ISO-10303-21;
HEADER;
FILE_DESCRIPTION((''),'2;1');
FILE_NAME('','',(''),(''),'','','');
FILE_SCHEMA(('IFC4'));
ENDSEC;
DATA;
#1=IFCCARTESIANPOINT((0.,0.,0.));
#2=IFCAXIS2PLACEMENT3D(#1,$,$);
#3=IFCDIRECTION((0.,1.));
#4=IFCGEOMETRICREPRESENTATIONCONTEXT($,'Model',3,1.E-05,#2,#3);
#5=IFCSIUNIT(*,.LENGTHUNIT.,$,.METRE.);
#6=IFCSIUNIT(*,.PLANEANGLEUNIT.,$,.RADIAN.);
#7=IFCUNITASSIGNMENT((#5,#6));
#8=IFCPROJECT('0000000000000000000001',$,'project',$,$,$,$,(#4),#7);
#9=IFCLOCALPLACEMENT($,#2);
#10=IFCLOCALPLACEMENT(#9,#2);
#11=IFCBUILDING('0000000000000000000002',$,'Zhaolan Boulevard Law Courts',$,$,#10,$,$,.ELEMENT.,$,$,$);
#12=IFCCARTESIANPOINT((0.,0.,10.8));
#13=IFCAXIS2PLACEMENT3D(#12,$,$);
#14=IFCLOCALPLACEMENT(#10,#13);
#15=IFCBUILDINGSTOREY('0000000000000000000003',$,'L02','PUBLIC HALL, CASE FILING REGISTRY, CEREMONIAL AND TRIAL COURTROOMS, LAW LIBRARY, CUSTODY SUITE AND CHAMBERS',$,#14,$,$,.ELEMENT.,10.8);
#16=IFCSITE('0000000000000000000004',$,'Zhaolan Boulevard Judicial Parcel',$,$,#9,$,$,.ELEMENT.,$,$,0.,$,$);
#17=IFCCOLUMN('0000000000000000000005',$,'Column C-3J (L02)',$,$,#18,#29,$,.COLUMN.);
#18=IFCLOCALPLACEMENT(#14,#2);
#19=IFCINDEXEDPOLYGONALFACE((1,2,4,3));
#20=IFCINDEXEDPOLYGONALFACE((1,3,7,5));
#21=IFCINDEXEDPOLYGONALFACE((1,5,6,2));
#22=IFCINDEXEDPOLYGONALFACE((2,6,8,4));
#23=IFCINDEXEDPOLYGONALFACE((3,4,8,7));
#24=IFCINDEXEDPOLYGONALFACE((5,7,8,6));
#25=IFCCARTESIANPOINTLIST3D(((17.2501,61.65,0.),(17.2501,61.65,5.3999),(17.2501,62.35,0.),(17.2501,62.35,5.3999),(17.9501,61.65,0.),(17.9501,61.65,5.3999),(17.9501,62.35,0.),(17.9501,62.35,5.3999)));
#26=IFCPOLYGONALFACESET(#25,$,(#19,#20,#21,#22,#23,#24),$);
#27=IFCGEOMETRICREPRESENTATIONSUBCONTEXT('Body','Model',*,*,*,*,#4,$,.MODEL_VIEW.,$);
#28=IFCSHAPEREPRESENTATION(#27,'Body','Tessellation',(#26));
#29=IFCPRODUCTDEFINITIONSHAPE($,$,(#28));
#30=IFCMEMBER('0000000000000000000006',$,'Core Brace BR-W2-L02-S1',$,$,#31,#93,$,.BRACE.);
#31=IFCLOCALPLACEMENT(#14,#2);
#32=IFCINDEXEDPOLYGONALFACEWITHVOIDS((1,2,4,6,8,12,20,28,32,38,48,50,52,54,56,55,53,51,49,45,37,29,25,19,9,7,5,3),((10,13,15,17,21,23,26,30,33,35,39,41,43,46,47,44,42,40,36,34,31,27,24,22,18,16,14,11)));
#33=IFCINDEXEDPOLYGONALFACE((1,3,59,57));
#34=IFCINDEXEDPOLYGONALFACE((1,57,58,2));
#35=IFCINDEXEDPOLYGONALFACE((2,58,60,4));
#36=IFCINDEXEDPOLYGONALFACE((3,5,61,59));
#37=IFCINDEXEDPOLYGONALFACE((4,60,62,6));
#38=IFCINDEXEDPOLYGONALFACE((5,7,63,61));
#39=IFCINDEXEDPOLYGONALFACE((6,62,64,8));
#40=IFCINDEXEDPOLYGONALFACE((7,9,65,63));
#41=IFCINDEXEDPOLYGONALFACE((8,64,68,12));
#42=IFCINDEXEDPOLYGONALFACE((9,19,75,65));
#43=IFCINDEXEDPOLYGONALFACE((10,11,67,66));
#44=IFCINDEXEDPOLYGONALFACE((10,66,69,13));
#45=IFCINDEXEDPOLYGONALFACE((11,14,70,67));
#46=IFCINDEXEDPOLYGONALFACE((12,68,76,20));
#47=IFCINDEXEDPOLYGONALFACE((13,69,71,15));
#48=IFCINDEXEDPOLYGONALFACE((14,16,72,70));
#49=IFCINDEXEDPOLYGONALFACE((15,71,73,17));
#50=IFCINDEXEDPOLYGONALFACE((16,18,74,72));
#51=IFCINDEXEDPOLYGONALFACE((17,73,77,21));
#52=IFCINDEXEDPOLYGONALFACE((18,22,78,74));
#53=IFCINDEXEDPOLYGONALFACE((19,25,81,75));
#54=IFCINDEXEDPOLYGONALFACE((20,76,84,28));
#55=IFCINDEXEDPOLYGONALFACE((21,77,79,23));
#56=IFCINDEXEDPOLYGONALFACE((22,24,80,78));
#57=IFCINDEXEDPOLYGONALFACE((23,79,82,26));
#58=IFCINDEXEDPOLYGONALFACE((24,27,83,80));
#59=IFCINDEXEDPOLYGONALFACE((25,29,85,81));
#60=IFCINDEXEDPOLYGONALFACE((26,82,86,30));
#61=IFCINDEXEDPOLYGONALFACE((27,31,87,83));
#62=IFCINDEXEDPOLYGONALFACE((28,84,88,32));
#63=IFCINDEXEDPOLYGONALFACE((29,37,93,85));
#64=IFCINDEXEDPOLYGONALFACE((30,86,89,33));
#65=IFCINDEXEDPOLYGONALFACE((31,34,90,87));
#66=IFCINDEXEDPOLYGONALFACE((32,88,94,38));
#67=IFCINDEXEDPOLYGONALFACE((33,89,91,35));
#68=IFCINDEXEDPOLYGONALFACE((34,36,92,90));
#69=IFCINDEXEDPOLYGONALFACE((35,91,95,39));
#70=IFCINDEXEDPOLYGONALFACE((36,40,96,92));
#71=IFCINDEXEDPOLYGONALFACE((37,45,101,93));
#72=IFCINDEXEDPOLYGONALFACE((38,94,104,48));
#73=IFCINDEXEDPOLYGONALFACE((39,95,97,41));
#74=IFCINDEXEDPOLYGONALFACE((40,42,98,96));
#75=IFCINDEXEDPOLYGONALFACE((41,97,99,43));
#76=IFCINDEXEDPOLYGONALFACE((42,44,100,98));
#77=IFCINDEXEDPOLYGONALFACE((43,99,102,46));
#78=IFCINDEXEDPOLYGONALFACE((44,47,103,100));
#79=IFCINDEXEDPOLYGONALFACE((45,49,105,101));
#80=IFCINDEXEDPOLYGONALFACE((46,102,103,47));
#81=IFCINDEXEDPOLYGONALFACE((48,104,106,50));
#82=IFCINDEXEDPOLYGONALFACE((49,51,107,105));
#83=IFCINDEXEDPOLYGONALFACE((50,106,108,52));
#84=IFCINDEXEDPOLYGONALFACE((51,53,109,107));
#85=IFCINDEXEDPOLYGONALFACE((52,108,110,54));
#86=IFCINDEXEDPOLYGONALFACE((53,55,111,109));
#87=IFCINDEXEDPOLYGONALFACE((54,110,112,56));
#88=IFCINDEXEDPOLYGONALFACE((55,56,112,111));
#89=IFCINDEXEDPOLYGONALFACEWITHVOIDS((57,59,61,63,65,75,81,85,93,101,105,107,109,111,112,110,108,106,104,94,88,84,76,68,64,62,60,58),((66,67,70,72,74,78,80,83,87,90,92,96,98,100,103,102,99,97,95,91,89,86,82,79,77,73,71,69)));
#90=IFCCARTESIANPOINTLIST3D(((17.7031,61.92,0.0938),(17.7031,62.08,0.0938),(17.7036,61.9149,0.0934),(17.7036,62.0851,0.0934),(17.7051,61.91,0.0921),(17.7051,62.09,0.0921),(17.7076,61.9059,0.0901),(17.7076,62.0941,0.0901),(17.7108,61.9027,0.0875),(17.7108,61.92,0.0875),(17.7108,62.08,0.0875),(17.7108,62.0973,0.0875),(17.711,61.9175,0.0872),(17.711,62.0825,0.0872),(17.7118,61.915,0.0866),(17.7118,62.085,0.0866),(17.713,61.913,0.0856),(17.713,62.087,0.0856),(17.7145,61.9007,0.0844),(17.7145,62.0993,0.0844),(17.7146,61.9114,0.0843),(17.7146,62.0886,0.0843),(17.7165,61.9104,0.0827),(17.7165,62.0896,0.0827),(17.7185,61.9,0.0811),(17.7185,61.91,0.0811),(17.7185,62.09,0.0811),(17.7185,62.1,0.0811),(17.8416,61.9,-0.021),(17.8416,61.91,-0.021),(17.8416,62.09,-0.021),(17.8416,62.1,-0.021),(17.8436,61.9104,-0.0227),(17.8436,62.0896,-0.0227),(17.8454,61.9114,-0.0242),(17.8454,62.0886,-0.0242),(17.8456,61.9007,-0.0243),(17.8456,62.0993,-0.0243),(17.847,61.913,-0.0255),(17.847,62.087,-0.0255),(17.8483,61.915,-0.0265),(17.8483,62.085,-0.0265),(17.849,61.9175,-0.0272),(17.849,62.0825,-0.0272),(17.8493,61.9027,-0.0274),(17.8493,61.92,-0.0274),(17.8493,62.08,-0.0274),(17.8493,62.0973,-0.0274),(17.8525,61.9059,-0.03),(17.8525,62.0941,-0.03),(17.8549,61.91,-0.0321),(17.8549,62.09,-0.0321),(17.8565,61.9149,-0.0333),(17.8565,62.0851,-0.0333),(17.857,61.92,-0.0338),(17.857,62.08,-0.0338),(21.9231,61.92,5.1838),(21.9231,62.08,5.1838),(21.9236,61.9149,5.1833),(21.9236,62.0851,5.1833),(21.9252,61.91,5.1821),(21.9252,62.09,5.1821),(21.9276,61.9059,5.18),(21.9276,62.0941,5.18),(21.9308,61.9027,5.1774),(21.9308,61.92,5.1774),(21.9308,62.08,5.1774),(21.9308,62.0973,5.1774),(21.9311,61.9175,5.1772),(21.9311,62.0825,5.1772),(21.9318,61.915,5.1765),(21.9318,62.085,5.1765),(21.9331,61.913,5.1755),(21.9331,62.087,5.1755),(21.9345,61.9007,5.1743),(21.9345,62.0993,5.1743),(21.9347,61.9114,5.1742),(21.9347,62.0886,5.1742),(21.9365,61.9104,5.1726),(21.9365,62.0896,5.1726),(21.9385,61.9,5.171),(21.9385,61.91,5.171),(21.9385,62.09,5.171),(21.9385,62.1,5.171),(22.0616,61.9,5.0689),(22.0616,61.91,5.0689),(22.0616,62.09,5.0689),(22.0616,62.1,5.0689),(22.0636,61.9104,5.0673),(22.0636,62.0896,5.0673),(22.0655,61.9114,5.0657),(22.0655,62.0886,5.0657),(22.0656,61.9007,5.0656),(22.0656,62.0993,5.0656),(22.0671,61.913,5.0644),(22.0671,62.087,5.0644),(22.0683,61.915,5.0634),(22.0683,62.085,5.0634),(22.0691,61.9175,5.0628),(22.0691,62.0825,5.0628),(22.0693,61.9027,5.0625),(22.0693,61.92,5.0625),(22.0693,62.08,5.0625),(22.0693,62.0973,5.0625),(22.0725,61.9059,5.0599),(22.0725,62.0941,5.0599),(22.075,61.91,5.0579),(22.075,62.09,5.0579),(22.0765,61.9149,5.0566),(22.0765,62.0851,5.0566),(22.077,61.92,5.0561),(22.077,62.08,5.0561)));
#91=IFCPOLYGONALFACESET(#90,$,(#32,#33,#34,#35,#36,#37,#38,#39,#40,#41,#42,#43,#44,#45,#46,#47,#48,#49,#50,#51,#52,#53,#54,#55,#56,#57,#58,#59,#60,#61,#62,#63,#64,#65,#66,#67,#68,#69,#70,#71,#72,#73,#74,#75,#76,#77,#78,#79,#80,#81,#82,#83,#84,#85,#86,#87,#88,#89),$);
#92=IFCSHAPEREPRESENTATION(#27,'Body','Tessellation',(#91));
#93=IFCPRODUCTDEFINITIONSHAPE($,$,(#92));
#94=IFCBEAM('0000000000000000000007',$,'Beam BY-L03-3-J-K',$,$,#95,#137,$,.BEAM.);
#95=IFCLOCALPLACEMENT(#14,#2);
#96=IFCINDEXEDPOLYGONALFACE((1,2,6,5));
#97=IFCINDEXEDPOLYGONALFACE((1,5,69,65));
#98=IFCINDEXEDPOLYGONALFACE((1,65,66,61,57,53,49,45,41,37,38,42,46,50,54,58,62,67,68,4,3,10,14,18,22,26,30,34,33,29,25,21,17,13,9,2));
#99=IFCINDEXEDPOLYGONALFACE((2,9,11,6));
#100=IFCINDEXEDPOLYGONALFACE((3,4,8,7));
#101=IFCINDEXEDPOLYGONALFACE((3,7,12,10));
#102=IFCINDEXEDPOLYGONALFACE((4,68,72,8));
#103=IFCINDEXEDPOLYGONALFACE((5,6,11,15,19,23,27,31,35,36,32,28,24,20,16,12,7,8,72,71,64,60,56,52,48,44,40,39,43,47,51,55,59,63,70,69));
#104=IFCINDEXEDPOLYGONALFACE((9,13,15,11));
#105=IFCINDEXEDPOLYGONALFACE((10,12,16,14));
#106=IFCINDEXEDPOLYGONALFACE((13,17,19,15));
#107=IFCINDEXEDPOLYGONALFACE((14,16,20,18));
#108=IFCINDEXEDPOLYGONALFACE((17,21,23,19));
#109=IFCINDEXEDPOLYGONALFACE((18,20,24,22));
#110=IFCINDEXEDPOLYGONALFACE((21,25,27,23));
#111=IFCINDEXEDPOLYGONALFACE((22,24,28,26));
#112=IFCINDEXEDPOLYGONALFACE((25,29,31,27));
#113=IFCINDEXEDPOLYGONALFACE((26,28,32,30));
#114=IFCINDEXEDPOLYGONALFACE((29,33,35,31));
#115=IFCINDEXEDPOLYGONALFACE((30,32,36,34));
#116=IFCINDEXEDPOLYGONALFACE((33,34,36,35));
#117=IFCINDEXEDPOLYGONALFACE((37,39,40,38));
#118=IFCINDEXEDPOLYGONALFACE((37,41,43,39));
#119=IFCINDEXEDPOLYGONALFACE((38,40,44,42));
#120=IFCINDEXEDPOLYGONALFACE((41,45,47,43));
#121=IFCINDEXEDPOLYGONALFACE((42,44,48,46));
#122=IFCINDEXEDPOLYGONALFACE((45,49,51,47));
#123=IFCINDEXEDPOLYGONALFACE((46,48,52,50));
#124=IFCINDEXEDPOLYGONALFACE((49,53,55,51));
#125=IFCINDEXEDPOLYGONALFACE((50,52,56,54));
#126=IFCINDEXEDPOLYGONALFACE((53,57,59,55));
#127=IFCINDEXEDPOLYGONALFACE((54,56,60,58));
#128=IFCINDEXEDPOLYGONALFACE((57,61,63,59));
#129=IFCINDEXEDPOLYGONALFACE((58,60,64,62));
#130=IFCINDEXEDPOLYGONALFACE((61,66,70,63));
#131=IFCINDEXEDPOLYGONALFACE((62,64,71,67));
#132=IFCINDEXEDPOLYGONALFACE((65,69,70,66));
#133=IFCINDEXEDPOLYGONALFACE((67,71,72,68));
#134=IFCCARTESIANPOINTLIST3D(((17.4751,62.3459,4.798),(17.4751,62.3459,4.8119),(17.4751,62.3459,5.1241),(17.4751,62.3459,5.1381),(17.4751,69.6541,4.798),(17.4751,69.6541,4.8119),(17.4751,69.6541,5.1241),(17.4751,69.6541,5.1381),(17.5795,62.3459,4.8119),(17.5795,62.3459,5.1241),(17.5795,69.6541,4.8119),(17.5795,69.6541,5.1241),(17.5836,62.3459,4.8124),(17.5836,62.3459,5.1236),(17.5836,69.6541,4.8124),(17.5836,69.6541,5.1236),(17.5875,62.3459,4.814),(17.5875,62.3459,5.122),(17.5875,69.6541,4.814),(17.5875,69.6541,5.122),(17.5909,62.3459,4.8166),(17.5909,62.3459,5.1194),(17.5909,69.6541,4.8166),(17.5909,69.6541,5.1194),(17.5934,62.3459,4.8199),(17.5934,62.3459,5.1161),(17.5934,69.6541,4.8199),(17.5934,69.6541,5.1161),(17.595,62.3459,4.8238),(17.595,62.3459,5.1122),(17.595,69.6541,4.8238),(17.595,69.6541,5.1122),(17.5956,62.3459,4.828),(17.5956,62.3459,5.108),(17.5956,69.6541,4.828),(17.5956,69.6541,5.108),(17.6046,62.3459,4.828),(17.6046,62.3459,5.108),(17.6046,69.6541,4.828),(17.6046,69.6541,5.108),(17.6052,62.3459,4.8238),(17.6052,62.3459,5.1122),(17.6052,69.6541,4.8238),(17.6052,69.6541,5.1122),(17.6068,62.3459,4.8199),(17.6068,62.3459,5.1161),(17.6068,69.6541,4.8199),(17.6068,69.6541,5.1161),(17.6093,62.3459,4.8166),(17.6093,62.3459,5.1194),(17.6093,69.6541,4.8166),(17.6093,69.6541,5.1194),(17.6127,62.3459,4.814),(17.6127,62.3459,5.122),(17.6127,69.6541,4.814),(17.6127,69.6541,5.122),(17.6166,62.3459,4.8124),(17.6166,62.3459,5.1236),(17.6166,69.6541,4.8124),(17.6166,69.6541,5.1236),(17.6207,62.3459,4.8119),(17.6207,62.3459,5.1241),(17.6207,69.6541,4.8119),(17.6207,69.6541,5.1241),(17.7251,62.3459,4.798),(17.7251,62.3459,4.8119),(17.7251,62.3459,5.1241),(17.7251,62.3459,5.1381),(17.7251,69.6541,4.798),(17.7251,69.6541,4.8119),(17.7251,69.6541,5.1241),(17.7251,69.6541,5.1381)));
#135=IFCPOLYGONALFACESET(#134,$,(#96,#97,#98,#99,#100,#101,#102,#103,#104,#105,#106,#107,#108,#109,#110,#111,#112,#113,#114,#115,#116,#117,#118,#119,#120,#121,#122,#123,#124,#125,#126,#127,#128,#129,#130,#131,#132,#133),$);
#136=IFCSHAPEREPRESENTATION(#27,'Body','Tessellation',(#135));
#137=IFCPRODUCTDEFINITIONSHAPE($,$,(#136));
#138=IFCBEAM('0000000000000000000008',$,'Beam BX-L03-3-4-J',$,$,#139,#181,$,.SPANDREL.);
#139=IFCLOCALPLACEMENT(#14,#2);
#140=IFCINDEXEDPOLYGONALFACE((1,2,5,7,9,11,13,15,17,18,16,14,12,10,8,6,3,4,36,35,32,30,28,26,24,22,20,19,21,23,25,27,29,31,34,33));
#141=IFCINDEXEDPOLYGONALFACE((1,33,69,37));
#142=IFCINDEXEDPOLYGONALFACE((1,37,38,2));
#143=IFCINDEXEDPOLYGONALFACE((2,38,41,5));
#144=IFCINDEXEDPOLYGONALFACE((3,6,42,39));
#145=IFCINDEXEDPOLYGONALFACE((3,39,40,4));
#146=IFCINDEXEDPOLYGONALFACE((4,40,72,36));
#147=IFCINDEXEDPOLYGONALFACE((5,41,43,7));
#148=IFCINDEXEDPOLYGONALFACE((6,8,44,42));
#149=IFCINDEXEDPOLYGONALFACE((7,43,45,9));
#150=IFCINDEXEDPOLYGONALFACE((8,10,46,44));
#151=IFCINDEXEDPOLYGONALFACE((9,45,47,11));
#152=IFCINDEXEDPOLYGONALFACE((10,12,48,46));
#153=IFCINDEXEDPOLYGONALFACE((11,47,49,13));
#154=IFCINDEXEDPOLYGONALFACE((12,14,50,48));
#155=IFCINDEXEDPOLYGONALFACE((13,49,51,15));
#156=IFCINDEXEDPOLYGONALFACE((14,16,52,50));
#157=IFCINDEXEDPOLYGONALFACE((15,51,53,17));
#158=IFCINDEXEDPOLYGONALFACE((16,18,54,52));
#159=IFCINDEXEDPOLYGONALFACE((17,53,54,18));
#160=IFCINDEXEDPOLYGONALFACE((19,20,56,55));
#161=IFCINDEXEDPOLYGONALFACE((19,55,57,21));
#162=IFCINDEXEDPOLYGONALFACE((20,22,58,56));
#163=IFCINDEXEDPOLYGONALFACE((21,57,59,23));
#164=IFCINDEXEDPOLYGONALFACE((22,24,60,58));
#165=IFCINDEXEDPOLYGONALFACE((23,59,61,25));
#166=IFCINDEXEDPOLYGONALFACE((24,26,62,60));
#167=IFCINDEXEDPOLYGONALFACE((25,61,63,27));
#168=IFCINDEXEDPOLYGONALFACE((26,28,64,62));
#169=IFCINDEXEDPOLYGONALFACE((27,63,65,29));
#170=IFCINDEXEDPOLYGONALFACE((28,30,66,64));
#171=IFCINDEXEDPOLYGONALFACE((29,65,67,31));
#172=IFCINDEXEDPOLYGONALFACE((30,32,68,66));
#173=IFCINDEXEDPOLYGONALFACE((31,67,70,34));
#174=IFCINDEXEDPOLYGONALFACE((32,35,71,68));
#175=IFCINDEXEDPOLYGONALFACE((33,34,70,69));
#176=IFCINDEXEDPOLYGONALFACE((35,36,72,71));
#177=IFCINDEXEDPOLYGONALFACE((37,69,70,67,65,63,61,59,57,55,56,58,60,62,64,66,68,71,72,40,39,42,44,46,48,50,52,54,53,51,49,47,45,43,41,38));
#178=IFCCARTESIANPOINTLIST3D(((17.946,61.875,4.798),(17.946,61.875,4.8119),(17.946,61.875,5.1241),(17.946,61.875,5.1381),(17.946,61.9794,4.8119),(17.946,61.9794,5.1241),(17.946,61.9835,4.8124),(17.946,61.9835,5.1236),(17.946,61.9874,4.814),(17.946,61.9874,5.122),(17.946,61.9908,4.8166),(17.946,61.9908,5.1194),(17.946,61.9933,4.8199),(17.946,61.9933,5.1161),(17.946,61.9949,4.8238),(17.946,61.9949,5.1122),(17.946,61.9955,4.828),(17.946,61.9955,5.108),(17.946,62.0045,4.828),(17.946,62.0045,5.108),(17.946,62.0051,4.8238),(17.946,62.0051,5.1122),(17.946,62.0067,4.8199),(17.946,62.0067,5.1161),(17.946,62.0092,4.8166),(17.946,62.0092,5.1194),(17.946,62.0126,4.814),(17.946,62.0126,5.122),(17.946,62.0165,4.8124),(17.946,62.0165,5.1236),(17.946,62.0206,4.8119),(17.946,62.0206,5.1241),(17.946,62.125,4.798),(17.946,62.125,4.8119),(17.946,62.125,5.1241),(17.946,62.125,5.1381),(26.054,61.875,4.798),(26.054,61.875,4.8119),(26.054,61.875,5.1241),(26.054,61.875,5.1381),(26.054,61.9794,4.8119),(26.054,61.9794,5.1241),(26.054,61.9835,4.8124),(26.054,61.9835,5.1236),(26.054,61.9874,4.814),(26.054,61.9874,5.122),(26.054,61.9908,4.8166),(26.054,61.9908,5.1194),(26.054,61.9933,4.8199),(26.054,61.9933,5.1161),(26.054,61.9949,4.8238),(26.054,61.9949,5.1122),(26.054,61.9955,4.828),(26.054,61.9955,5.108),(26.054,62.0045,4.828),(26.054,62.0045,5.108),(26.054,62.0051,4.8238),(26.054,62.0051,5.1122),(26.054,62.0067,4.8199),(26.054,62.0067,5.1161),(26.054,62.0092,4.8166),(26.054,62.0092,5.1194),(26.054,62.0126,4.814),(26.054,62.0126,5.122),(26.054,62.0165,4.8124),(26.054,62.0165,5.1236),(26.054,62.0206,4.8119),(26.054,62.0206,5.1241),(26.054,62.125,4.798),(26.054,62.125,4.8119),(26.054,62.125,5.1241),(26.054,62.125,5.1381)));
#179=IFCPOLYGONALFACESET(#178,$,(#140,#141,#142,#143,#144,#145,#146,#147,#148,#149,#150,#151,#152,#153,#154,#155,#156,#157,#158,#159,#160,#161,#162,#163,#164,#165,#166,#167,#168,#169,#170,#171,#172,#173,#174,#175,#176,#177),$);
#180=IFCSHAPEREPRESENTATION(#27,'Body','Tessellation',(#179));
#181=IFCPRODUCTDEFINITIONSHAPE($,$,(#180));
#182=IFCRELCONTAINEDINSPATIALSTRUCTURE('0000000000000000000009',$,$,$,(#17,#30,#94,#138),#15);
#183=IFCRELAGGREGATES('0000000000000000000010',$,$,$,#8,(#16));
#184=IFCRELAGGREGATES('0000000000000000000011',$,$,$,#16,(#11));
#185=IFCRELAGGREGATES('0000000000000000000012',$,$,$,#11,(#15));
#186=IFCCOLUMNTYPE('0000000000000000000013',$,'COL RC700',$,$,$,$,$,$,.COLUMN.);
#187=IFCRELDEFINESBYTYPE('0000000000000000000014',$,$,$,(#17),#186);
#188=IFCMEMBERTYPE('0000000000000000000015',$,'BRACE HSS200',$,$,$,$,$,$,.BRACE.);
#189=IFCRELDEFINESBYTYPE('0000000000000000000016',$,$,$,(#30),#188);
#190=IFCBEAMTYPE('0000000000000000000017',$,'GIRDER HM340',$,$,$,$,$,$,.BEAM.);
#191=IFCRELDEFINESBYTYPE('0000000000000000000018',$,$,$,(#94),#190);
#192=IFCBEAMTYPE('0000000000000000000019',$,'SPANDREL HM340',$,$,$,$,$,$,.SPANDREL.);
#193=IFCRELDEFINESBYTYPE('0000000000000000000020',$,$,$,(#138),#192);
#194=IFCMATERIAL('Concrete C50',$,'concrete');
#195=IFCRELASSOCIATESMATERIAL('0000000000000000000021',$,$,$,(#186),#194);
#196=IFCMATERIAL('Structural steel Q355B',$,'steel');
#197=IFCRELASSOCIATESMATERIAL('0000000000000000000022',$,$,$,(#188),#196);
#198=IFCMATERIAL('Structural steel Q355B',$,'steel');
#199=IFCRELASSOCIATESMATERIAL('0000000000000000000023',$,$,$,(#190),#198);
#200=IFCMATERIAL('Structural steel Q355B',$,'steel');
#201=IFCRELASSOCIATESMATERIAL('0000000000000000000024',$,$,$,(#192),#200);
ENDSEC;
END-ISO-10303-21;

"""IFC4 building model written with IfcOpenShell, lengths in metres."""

from ifc_helpers import new_model, si_unit, direction, frame, origin, origin_2d, place, context, subcontext, project, spatial, rectangle, hollow_rectangle, i_section, extrude, material, material_profile, profile_set, type_object, element, save


model = new_model("IFC4")

# Units and contexts
model_context = context("Model", 3, precision=1e-05, world=origin(), true_north=direction((0.0, 1.0)))
body_context = subcontext(model_context, "Body", "Model", "MODEL_VIEW")
ifc_project = project(units=[si_unit("LENGTHUNIT", "METRE"), si_unit("PLANEANGLEUNIT", "RADIAN")], contexts=[model_context])

# Site, building, storey
site_placement = place(None, origin())
site = spatial("IfcSite", under=ifc_project, at=site_placement, Name="Zhaolan Boulevard Judicial Parcel", CompositionType="ELEMENT", RefElevation=0.0)
building_placement = place(site_placement, origin())
building = spatial("IfcBuilding", under=site, at=building_placement, Name="Zhaolan Boulevard Law Courts", CompositionType="ELEMENT")
storey_placement = place(building_placement, frame((0.0, 0.0, 10.8)))
storey = spatial("IfcBuildingStorey", under=building, at=storey_placement, Name="L02", Description="PUBLIC HALL, CASE FILING REGISTRY, CEREMONIAL AND TRIAL COURTROOMS, LAW LIBRARY, CUSTODY SUITE AND CHAMBERS", CompositionType="ELEMENT", Elevation=10.8)

# Column
ifc_material_1 = material(Name="Concrete C50", Category="concrete")
ifc_material_profile_1 = material_profile(ifc_material_1, rectangle(XDim=0.7, YDim=0.7, at=origin_2d()), Name="RC700x700")
ifc_profile_set_1 = profile_set([ifc_material_profile_1], Name="Concrete C50")
column_type = type_object("IfcColumnType", Name="COL RC700", PredefinedType="COLUMN", material=ifc_profile_set_1)
column_placement = place(storey_placement, frame((17.6001, 62.0, 0.0), z_axis=(0.0, 0.0, 1.0), x_axis=(1.0, 0.0, 0.0)))
element("IfcColumn", 1, at=column_placement, inside=storey, type_object=column_type, Name="Column C-3J (L02)", PredefinedType="COLUMN", context=body_context, shape_type="SweptSolid", body=[
    extrude(rectangle(XDim=0.7, YDim=0.7, at=origin_2d()), origin(), (0.0, 0.0, 1.0), 5.3999),
])

# Member
ifc_material_2 = material(Name="Structural steel Q355B", Category="steel")
ifc_material_profile_2 = material_profile(ifc_material_2, hollow_rectangle(XDim=0.2, YDim=0.2, WallThickness=0.01, InnerFilletRadius=0.01, OuterFilletRadius=0.02, at=origin_2d()), Name="HSS200x200x10")
ifc_profile_set_2 = profile_set([ifc_material_profile_2], Name="Structural steel Q355B")
member_type = type_object("IfcMemberType", Name="BRACE HSS200", PredefinedType="BRACE", material=ifc_profile_set_2)
member_placement = place(storey_placement, frame((17.78, 62.0, 0.03), z_axis=(0.638257, 0.0, 0.769823), x_axis=(0.0, 1.0, 0.0)))
element("IfcMember", 2, at=member_placement, inside=storey, type_object=member_type, Name="Core Brace BR-W2-L02-S1", PredefinedType="BRACE", context=body_context, shape_type="SweptSolid", body=[
    extrude(hollow_rectangle(XDim=0.2, YDim=0.2, WallThickness=0.01, InnerFilletRadius=0.01, OuterFilletRadius=0.02, at=origin_2d()), origin(), (0.0, 0.0, 1.0), 6.6118),
])

# Beams
ifc_material_3 = material(Name="Structural steel Q355B", Category="steel")
ifc_material_profile_3 = material_profile(ifc_material_3, i_section(OverallWidth=0.25, OverallDepth=0.3401, WebThickness=0.009, FlangeThickness=0.0139, FilletRadius=0.0161, at=origin_2d()), Name="HM340x250")
ifc_profile_set_3 = profile_set([ifc_material_profile_3], Name="Structural steel Q355B")
beam_type_1 = type_object("IfcBeamType", Name="GIRDER HM340", PredefinedType="BEAM", material=ifc_profile_set_3)
beam_1_placement = place(storey_placement, frame((17.6001, 62.3459, 4.968), z_axis=(0.0, 1.0, 0.0), x_axis=(-1.0, 0.0, 0.0)))
element("IfcBeam", 3, at=beam_1_placement, inside=storey, type_object=beam_type_1, Name="Beam BY-L03-3-J-K", PredefinedType="BEAM", context=body_context, shape_type="SweptSolid", body=[
    extrude(i_section(OverallWidth=0.25, OverallDepth=0.3401, WebThickness=0.009, FlangeThickness=0.0139, FilletRadius=0.0161, at=origin_2d()), origin(), (0.0, 0.0, 1.0), 7.3081),
])
ifc_material_4 = material(Name="Structural steel Q355B", Category="steel")
ifc_material_profile_4 = material_profile(ifc_material_4, i_section(OverallWidth=0.25, OverallDepth=0.3401, WebThickness=0.009, FlangeThickness=0.0139, FilletRadius=0.0161, at=origin_2d()), Name="HM340x250")
ifc_profile_set_4 = profile_set([ifc_material_profile_4], Name="Structural steel Q355B")
beam_type_2 = type_object("IfcBeamType", Name="SPANDREL HM340", PredefinedType="SPANDREL", material=ifc_profile_set_4)
beam_2_placement = place(storey_placement, frame((17.946, 62.0, 4.968), z_axis=(1.0, 0.0, 0.0), x_axis=(0.0, 1.0, 0.0)))
element("IfcBeam", 4, at=beam_2_placement, inside=storey, type_object=beam_type_2, Name="Beam BX-L03-3-4-J", PredefinedType="SPANDREL", context=body_context, shape_type="SweptSolid", body=[
    extrude(i_section(OverallWidth=0.25, OverallDepth=0.3401, WebThickness=0.009, FlangeThickness=0.0139, FilletRadius=0.0161, at=origin_2d()), origin(), (0.0, 0.0, 1.0), 8.1079),
])

save(model, "model.ifc")
